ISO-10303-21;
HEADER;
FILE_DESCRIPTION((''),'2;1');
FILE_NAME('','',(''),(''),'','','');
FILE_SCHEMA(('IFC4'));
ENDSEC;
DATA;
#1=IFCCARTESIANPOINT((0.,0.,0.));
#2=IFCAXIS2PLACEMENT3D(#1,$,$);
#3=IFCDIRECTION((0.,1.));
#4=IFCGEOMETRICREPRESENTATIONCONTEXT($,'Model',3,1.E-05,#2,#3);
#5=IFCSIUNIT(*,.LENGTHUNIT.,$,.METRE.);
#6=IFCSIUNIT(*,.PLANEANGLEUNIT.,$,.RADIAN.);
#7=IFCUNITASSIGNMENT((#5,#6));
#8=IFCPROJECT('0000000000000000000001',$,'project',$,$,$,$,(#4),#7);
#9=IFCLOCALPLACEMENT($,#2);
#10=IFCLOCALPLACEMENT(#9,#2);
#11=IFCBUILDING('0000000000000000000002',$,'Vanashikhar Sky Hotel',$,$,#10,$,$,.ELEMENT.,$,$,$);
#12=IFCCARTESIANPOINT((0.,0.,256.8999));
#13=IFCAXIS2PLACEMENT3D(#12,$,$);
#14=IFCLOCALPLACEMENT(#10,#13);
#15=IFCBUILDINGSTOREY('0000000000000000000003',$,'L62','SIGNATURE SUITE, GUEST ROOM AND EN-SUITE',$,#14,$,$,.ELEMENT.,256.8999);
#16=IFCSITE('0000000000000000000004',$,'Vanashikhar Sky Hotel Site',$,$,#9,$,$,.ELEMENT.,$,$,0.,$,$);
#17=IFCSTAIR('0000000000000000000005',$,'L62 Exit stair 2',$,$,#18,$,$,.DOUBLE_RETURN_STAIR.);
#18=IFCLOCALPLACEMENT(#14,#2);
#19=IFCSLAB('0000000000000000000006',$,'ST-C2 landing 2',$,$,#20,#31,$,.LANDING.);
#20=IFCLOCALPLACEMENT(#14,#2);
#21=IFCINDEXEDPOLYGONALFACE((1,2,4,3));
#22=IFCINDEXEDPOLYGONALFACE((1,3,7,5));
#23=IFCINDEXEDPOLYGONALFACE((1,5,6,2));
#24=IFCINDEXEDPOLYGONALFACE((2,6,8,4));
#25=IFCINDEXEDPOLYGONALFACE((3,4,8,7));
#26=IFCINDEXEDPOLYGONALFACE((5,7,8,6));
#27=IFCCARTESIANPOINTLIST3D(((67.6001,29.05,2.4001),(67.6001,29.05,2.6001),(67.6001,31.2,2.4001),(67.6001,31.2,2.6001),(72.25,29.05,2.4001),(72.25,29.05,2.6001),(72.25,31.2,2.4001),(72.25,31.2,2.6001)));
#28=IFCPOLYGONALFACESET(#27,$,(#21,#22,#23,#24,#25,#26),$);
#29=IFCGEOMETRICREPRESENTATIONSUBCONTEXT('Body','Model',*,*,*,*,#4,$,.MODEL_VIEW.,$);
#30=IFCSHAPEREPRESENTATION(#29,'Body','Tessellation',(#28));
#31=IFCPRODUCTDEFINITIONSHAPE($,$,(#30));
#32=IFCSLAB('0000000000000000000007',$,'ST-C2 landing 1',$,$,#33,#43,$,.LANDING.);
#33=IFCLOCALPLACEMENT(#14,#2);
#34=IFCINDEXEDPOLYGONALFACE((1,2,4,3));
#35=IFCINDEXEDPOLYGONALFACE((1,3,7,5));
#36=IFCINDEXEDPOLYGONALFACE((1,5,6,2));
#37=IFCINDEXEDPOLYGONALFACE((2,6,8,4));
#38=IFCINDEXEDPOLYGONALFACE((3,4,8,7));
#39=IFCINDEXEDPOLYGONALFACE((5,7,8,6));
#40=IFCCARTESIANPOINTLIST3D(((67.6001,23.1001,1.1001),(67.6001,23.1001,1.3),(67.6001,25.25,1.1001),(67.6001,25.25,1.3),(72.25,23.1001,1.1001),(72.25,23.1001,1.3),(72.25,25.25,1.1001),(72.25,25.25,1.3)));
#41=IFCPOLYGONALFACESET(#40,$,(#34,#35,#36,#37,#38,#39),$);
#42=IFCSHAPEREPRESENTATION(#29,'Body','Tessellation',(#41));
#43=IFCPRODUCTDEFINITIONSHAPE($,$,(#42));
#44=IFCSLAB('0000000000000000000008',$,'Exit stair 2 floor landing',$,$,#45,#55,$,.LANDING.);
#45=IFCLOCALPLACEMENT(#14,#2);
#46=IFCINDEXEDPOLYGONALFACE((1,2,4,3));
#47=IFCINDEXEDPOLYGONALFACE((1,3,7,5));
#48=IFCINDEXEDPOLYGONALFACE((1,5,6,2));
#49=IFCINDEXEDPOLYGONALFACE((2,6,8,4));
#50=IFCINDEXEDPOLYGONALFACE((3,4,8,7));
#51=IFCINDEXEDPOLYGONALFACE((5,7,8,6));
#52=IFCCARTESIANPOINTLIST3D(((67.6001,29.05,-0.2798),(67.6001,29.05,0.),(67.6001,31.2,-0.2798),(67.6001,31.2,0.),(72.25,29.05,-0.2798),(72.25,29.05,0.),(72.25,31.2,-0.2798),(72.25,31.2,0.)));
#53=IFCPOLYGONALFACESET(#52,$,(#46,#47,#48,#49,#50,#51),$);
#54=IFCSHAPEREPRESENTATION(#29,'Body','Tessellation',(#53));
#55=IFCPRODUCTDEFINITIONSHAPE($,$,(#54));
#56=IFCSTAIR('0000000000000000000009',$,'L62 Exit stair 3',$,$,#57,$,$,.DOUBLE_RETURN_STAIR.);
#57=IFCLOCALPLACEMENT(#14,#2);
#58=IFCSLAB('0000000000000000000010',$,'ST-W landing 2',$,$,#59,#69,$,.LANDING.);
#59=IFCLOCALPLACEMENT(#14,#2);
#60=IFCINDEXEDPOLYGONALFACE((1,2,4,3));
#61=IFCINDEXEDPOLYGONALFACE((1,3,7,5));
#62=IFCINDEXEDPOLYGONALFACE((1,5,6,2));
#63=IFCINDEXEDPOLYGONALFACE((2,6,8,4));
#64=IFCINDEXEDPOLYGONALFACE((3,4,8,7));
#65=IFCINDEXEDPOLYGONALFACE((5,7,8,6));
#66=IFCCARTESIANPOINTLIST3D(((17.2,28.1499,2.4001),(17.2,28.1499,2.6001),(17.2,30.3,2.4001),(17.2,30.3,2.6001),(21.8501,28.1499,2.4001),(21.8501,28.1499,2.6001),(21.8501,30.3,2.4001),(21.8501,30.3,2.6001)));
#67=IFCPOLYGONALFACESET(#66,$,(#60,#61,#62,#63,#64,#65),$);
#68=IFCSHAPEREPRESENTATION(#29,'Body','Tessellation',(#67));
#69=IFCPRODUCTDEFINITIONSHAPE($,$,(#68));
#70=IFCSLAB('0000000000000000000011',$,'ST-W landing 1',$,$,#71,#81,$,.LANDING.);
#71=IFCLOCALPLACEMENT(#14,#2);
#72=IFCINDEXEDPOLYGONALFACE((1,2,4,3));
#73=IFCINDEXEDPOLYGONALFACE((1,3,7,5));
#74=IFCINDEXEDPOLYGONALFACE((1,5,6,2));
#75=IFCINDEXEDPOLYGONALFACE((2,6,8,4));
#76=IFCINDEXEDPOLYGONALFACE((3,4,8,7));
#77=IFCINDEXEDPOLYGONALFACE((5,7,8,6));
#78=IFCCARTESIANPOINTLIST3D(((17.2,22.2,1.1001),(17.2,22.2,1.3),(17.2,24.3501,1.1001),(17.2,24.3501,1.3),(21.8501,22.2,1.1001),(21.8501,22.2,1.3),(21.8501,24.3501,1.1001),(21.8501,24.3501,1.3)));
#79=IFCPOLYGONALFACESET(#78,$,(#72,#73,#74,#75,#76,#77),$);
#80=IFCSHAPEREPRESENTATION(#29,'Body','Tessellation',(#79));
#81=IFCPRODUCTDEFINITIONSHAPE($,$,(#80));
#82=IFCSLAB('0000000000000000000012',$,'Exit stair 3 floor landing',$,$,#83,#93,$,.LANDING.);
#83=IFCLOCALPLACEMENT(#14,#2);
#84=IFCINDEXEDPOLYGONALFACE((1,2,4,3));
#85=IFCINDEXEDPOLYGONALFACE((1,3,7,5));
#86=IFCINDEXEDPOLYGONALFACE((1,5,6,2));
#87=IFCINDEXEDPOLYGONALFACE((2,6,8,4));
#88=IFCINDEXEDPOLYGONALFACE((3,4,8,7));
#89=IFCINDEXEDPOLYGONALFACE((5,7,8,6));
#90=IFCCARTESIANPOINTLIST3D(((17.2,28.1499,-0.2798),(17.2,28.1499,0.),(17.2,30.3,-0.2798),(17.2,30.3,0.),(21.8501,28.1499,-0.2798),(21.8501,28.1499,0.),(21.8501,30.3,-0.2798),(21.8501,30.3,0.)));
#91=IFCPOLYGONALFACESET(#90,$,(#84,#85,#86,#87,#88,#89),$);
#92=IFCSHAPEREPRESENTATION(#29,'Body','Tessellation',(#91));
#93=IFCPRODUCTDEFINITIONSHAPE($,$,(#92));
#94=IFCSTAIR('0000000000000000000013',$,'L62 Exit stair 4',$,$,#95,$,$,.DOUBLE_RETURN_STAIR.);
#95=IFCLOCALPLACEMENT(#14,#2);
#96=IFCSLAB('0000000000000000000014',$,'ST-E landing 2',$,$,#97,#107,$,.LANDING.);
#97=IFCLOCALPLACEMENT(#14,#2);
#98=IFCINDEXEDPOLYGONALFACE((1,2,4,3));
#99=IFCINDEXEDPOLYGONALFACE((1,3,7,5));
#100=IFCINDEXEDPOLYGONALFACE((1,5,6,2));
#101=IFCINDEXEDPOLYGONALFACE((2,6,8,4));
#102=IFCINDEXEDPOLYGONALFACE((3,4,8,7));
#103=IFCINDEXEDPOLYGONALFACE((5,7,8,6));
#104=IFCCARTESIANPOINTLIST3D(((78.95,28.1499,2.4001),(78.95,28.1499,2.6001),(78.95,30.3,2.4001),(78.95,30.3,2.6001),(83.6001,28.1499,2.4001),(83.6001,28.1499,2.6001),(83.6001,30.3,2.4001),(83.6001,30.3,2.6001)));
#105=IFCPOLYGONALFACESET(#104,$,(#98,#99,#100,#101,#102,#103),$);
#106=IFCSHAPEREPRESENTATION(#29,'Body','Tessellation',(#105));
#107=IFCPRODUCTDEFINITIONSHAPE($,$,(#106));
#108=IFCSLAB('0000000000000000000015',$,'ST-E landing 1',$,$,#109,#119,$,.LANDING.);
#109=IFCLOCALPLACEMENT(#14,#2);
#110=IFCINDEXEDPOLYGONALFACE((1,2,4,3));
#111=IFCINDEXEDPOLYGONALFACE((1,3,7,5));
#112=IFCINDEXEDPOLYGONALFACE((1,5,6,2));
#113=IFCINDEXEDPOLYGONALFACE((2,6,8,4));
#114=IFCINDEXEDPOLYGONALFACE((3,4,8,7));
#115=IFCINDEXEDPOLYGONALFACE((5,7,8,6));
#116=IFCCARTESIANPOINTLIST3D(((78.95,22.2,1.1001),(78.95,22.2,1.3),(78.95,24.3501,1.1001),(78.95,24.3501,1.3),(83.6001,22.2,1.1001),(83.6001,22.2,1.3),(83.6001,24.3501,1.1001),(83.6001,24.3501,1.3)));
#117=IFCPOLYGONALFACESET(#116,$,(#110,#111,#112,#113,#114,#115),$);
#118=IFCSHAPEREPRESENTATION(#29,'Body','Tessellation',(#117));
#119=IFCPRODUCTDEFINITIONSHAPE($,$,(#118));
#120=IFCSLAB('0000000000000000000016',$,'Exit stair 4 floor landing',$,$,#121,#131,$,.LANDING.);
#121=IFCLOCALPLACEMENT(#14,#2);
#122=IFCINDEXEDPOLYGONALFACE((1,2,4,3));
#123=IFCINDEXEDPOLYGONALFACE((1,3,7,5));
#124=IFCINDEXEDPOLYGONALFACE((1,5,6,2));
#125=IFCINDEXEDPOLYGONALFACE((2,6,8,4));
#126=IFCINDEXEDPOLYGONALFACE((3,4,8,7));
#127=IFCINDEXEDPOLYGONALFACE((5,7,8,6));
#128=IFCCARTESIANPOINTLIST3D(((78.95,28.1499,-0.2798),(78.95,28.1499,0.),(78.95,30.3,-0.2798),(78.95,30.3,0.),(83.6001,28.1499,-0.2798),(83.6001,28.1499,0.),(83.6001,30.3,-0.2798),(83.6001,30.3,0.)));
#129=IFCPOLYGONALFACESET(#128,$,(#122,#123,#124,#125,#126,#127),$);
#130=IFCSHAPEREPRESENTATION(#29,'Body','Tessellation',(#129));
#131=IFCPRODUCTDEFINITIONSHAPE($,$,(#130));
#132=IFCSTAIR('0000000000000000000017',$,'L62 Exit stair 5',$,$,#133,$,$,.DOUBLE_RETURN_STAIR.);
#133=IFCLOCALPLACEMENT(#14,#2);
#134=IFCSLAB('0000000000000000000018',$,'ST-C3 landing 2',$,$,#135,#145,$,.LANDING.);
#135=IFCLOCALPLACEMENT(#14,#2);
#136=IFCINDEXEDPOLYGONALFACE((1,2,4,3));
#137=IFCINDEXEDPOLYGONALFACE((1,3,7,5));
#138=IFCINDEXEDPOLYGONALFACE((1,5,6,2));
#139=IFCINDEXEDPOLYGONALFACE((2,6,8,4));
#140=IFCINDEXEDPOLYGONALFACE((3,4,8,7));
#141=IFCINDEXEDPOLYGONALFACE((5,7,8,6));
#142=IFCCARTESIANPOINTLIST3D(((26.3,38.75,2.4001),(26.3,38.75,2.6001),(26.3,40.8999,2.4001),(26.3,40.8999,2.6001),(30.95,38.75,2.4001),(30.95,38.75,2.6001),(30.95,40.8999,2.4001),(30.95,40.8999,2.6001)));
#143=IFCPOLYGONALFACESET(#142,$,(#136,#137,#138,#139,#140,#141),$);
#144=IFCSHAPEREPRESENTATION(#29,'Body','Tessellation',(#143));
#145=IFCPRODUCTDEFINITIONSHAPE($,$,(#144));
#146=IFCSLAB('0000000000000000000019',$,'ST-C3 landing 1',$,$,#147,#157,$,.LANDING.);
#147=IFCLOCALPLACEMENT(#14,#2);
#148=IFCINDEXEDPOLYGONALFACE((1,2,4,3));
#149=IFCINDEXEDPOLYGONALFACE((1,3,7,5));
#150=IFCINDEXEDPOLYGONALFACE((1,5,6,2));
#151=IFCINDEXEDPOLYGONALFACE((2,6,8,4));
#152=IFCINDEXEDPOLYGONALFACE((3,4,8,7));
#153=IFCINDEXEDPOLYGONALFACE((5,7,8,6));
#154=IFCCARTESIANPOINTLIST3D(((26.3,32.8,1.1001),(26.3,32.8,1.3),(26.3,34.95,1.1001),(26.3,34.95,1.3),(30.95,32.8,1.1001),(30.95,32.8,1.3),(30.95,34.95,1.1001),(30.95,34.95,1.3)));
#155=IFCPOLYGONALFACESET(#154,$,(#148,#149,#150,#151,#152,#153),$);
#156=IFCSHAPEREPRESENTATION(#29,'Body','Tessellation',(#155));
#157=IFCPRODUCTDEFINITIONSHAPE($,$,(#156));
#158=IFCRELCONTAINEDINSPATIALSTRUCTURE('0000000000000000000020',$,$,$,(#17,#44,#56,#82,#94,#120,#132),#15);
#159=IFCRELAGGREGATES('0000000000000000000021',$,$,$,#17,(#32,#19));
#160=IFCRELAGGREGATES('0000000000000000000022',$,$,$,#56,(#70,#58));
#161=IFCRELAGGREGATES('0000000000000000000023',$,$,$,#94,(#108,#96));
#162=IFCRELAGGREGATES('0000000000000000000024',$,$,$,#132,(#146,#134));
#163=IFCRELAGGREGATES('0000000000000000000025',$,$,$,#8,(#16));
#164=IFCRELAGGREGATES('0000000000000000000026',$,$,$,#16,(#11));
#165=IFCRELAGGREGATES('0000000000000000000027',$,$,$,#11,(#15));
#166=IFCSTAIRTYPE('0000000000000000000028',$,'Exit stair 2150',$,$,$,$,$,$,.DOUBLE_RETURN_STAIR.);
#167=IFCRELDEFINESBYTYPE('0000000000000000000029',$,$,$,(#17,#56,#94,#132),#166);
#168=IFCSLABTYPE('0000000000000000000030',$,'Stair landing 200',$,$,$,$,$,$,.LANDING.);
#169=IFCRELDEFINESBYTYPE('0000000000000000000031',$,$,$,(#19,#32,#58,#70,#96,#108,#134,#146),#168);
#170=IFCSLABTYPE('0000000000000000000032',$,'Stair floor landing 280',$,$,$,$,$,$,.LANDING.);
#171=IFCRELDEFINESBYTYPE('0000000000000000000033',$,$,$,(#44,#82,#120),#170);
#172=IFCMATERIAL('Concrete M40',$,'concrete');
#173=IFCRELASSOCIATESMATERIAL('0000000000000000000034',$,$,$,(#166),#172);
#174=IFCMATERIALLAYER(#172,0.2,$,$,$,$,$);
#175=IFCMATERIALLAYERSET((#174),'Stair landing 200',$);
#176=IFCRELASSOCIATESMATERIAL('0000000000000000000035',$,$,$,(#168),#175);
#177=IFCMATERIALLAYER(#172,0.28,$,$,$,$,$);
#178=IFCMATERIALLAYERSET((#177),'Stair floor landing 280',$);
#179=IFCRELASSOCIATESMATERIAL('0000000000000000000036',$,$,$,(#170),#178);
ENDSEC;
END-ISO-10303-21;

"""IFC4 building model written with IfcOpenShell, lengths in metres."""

from ifc_helpers import new_model, si_unit, direction, frame, origin, place, context, subcontext, project, spatial, polyline, outline, extrude, source, transform, mapped, material, layer, layer_set, type_object, element, aggregate, save


model = new_model("IFC4")

# Units and contexts
model_context = context("Model", 3, precision=1e-05, world=origin(), true_north=direction((0.0, 1.0)))
body_context = subcontext(model_context, "Body", "Model", "MODEL_VIEW")
ifc_project = project(units=[si_unit("LENGTHUNIT", "METRE"), si_unit("PLANEANGLEUNIT", "RADIAN")], contexts=[model_context])

# Site, building, storey
site_placement = place(None, origin())
site = spatial("IfcSite", under=ifc_project, at=site_placement, Name="Vanashikhar Sky Hotel Site", CompositionType="ELEMENT", RefElevation=0.0)
building_placement = place(site_placement, origin())
building = spatial("IfcBuilding", under=site, at=building_placement, Name="Vanashikhar Sky Hotel", CompositionType="ELEMENT")
storey_placement = place(building_placement, frame((0.0, 0.0, 256.8999)))
storey = spatial("IfcBuildingStorey", under=building, at=storey_placement, Name="L62", Description="SIGNATURE SUITE, GUEST ROOM AND EN-SUITE", CompositionType="ELEMENT", Elevation=256.8999)

# Shared definitions
ifc_material = material(Name="Concrete M40", Category="concrete")

# Shared definitions
stair_type = type_object("IfcStairType", Name="Exit stair 2150", PredefinedType="DOUBLE_RETURN_STAIR", material=ifc_material)
ifc_layer_1 = layer(ifc_material, 0.2)
ifc_layer_set_1 = layer_set([ifc_layer_1], Name="Stair landing 200")
slab_type_1 = type_object("IfcSlabType", Name="Stair landing 200", PredefinedType="LANDING", material=ifc_layer_set_1)

# Shared definitions
ifc_layer_2 = layer(ifc_material, 0.28)
ifc_layer_set_2 = layer_set([ifc_layer_2], Name="Stair floor landing 280")
slab_type_2 = type_object("IfcSlabType", Name="Stair floor landing 280", PredefinedType="LANDING", material=ifc_layer_set_2)

# Stair, slabs
stair_1_placement = place(storey_placement, origin())
stair_1 = element("IfcStair", 1, at=stair_1_placement, inside=storey, type_object=stair_type, Name="L62 Exit stair 2", PredefinedType="DOUBLE_RETURN_STAIR")
shared_shape_1 = source(origin(), body_context, "Body", "SweptSolid", [
    extrude(outline(polyline([(72.25, 29.05), (72.25, 31.2), (67.6001, 31.2), (67.6001, 29.05), (72.25, 29.05)])), origin(), (0.0, 0.0, 1.0), 0.2),
])
slab_1_placement = place(storey_placement, frame((0.0, 0.0, 2.4001)))
slab_1 = element("IfcSlab", 2, at=slab_1_placement, type_object=slab_type_1, Name="ST-C2 landing 2", PredefinedType="LANDING", context=body_context, shape_type="MappedRepresentation", body=[
    mapped(shared_shape_1, transform((0.0, 0.0, 0.0), scale=1.0)),
])
shared_shape_2 = source(origin(), body_context, "Body", "SweptSolid", [
    extrude(outline(polyline([(72.25, 23.1001), (72.25, 25.25), (67.6001, 25.25), (67.6001, 23.1001), (72.25, 23.1001)])), origin(), (0.0, 0.0, 1.0), 0.2),
])
slab_2_placement = place(storey_placement, frame((0.0, 0.0, 1.1001)))
slab_2 = element("IfcSlab", 3, at=slab_2_placement, type_object=slab_type_1, Name="ST-C2 landing 1", PredefinedType="LANDING", context=body_context, shape_type="MappedRepresentation", body=[
    mapped(shared_shape_2, transform((0.0, 0.0, 0.0), scale=1.0)),
])
aggregate(stair_1, [slab_2, slab_1])

# Slab
shared_shape_3 = source(origin(), body_context, "Body", "SweptSolid", [
    extrude(outline(polyline([(72.25, 29.05), (72.25, 31.2), (67.6001, 31.2), (67.6001, 29.05), (72.25, 29.05)])), origin(), (0.0, 0.0, 1.0), 0.2798),
])
slab_3_placement = place(storey_placement, frame((0.0, 0.0, -0.2798)))
element("IfcSlab", 4, at=slab_3_placement, inside=storey, type_object=slab_type_2, Name="Exit stair 2 floor landing", PredefinedType="LANDING", context=body_context, shape_type="MappedRepresentation", body=[
    mapped(shared_shape_3, transform((0.0, 0.0, 0.0), scale=1.0)),
])

# Stair, slabs
stair_2_placement = place(storey_placement, origin())
stair_2 = element("IfcStair", 5, at=stair_2_placement, inside=storey, type_object=stair_type, Name="L62 Exit stair 3", PredefinedType="DOUBLE_RETURN_STAIR")
shared_shape_4 = source(origin(), body_context, "Body", "SweptSolid", [
    extrude(outline(polyline([(21.8501, 28.1499), (21.8501, 30.3), (17.2, 30.3), (17.2, 28.1499), (21.8501, 28.1499)])), origin(), (0.0, 0.0, 1.0), 0.2),
])
slab_4_placement = place(storey_placement, frame((0.0, 0.0, 2.4001)))
slab_4 = element("IfcSlab", 6, at=slab_4_placement, type_object=slab_type_1, Name="ST-W landing 2", PredefinedType="LANDING", context=body_context, shape_type="MappedRepresentation", body=[
    mapped(shared_shape_4, transform((0.0, 0.0, 0.0), scale=1.0)),
])
shared_shape_5 = source(origin(), body_context, "Body", "SweptSolid", [
    extrude(outline(polyline([(21.8501, 22.2), (21.8501, 24.3501), (17.2, 24.3501), (17.2, 22.2), (21.8501, 22.2)])), origin(), (0.0, 0.0, 1.0), 0.2),
])
slab_5_placement = place(storey_placement, frame((0.0, 0.0, 1.1001)))
slab_5 = element("IfcSlab", 7, at=slab_5_placement, type_object=slab_type_1, Name="ST-W landing 1", PredefinedType="LANDING", context=body_context, shape_type="MappedRepresentation", body=[
    mapped(shared_shape_5, transform((0.0, 0.0, 0.0), scale=1.0)),
])
aggregate(stair_2, [slab_5, slab_4])

# Slab
shared_shape_6 = source(origin(), body_context, "Body", "SweptSolid", [
    extrude(outline(polyline([(21.8501, 28.1499), (21.8501, 30.3), (17.2, 30.3), (17.2, 28.1499), (21.8501, 28.1499)])), origin(), (0.0, 0.0, 1.0), 0.2798),
])
slab_6_placement = place(storey_placement, frame((0.0, 0.0, -0.2798)))
element("IfcSlab", 8, at=slab_6_placement, inside=storey, type_object=slab_type_2, Name="Exit stair 3 floor landing", PredefinedType="LANDING", context=body_context, shape_type="MappedRepresentation", body=[
    mapped(shared_shape_6, transform((0.0, 0.0, 0.0), scale=1.0)),
])

# Stair, slabs
stair_3_placement = place(storey_placement, origin())
stair_3 = element("IfcStair", 9, at=stair_3_placement, inside=storey, type_object=stair_type, Name="L62 Exit stair 4", PredefinedType="DOUBLE_RETURN_STAIR")
shared_shape_7 = source(origin(), body_context, "Body", "SweptSolid", [
    extrude(outline(polyline([(83.6001, 28.1499), (83.6001, 30.3), (78.95, 30.3), (78.95, 28.1499), (83.6001, 28.1499)])), origin(), (0.0, 0.0, 1.0), 0.2),
])
slab_7_placement = place(storey_placement, frame((0.0, 0.0, 2.4001)))
slab_7 = element("IfcSlab", 10, at=slab_7_placement, type_object=slab_type_1, Name="ST-E landing 2", PredefinedType="LANDING", context=body_context, shape_type="MappedRepresentation", body=[
    mapped(shared_shape_7, transform((0.0, 0.0, 0.0), scale=1.0)),
])
shared_shape_8 = source(origin(), body_context, "Body", "SweptSolid", [
    extrude(outline(polyline([(83.6001, 22.2), (83.6001, 24.3501), (78.95, 24.3501), (78.95, 22.2), (83.6001, 22.2)])), origin(), (0.0, 0.0, 1.0), 0.2),
])
slab_8_placement = place(storey_placement, frame((0.0, 0.0, 1.1001)))
slab_8 = element("IfcSlab", 11, at=slab_8_placement, type_object=slab_type_1, Name="ST-E landing 1", PredefinedType="LANDING", context=body_context, shape_type="MappedRepresentation", body=[
    mapped(shared_shape_8, transform((0.0, 0.0, 0.0), scale=1.0)),
])
aggregate(stair_3, [slab_8, slab_7])

# Slab
shared_shape_9 = source(origin(), body_context, "Body", "SweptSolid", [
    extrude(outline(polyline([(83.6001, 28.1499), (83.6001, 30.3), (78.95, 30.3), (78.95, 28.1499), (83.6001, 28.1499)])), origin(), (0.0, 0.0, 1.0), 0.2798),
])
slab_9_placement = place(storey_placement, frame((0.0, 0.0, -0.2798)))
element("IfcSlab", 12, at=slab_9_placement, inside=storey, type_object=slab_type_2, Name="Exit stair 4 floor landing", PredefinedType="LANDING", context=body_context, shape_type="MappedRepresentation", body=[
    mapped(shared_shape_9, transform((0.0, 0.0, 0.0), scale=1.0)),
])

# Stair, slabs
stair_4_placement = place(storey_placement, origin())
stair_4 = element("IfcStair", 13, at=stair_4_placement, inside=storey, type_object=stair_type, Name="L62 Exit stair 5", PredefinedType="DOUBLE_RETURN_STAIR")
shared_shape_10 = source(origin(), body_context, "Body", "SweptSolid", [
    extrude(outline(polyline([(30.95, 38.75), (30.95, 40.8999), (26.3, 40.8999), (26.3, 38.75), (30.95, 38.75)])), origin(), (0.0, 0.0, 1.0), 0.2),
])
slab_10_placement = place(storey_placement, frame((0.0, 0.0, 2.4001)))
slab_10 = element("IfcSlab", 14, at=slab_10_placement, type_object=slab_type_1, Name="ST-C3 landing 2", PredefinedType="LANDING", context=body_context, shape_type="MappedRepresentation", body=[
    mapped(shared_shape_10, transform((0.0, 0.0, 0.0), scale=1.0)),
])
shared_shape_11 = source(origin(), body_context, "Body", "SweptSolid", [
    extrude(outline(polyline([(30.95, 32.8), (30.95, 34.95), (26.3, 34.95), (26.3, 32.8), (30.95, 32.8)])), origin(), (0.0, 0.0, 1.0), 0.2),
])
slab_11_placement = place(storey_placement, frame((0.0, 0.0, 1.1001)))
slab_11 = element("IfcSlab", 15, at=slab_11_placement, type_object=slab_type_1, Name="ST-C3 landing 1", PredefinedType="LANDING", context=body_context, shape_type="MappedRepresentation", body=[
    mapped(shared_shape_11, transform((0.0, 0.0, 0.0), scale=1.0)),
])
aggregate(stair_4, [slab_11, slab_10])

save(model, "model.ifc")
